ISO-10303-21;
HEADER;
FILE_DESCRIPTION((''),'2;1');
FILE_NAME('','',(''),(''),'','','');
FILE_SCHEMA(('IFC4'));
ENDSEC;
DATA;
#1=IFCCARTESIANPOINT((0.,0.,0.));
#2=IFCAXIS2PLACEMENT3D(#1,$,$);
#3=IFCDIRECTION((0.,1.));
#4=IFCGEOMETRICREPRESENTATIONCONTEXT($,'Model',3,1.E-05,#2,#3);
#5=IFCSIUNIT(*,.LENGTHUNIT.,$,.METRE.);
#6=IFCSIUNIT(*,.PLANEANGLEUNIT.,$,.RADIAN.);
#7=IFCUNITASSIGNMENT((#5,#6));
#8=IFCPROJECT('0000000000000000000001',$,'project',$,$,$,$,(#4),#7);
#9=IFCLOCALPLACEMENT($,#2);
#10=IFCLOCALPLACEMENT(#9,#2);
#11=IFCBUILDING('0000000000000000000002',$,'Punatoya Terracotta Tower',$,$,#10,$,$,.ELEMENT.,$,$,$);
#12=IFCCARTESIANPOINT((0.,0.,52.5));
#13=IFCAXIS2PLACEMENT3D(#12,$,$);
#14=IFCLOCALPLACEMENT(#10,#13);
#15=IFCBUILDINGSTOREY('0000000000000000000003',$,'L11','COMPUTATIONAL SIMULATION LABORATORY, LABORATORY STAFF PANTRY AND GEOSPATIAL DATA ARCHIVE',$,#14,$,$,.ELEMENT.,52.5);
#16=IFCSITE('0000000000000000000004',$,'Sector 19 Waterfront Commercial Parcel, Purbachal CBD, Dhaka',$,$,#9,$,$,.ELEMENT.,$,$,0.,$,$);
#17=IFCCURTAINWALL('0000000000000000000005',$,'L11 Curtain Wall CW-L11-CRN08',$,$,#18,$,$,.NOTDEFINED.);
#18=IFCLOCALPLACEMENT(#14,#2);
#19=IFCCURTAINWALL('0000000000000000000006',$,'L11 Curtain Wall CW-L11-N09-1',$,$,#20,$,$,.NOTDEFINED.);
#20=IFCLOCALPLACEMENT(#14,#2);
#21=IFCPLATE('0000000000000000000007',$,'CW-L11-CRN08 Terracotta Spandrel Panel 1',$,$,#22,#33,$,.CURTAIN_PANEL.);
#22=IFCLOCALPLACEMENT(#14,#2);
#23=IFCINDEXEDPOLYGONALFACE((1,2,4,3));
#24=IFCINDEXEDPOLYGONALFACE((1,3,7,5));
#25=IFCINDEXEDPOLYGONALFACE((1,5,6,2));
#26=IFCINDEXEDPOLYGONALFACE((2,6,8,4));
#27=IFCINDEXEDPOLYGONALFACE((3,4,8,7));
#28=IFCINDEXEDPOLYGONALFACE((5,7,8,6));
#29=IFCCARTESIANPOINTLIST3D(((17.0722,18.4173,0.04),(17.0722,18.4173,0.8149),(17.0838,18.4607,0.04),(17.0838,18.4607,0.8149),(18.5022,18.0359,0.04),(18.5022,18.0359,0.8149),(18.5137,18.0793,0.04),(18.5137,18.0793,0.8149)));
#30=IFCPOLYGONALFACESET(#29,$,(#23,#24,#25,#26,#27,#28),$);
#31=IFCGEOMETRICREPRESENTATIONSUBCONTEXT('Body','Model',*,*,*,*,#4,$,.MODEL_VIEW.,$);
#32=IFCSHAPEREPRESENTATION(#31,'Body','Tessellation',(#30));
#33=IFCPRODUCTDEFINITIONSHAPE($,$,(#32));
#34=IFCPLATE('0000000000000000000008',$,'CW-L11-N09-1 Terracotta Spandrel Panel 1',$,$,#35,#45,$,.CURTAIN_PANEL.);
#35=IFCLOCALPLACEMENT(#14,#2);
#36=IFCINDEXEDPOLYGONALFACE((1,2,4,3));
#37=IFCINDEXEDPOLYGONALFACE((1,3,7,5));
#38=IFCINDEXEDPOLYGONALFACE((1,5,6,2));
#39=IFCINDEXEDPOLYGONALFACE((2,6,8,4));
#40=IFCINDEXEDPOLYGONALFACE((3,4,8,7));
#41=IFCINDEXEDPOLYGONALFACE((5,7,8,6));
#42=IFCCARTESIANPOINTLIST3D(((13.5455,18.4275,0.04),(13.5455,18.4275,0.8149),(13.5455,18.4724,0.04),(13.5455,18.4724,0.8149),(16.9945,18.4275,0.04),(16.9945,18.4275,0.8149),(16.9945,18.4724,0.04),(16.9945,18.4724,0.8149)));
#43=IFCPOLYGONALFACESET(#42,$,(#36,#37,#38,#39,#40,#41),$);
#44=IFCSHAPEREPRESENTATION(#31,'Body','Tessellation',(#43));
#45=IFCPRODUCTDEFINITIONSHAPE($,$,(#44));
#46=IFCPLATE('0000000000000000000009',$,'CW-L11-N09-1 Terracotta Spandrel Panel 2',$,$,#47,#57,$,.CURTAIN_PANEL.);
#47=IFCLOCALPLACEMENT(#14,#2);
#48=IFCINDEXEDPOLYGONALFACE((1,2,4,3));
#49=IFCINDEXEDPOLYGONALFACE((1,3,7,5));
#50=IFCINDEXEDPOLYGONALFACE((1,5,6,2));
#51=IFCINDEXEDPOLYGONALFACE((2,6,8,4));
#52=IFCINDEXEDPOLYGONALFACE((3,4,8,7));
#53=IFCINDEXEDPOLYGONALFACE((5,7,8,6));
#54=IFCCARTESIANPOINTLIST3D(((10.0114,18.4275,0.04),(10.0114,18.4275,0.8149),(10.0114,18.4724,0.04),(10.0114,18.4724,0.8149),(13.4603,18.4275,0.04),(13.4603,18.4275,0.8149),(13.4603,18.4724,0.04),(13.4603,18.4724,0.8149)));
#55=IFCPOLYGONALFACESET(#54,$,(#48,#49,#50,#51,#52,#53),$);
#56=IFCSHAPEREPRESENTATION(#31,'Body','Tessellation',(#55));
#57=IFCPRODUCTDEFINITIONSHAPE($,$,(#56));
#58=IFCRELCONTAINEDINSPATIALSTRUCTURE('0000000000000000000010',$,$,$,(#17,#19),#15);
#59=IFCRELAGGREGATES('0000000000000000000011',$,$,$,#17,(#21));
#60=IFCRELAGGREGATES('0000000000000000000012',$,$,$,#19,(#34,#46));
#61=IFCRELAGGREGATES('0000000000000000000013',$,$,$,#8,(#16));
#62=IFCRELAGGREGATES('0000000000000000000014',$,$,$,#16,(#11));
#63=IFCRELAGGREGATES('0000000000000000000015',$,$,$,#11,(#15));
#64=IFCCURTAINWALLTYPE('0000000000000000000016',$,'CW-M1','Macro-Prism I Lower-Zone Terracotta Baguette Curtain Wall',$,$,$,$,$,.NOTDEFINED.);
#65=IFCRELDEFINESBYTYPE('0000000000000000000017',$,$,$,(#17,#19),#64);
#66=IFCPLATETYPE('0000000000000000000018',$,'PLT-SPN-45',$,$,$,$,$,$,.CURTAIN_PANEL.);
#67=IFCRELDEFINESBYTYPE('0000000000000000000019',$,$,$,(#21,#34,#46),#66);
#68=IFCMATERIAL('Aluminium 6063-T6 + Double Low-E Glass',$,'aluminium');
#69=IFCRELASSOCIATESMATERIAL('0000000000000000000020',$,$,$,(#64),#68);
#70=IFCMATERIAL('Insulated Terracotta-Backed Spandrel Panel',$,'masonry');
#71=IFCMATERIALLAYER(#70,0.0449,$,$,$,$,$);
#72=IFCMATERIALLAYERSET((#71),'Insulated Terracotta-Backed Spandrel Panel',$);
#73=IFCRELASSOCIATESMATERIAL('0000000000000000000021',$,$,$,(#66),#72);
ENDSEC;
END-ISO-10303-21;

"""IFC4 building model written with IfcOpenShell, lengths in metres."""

from ifc_helpers import new_model, si_unit, direction, frame, origin, origin_2d, place, context, subcontext, project, spatial, rectangle, extrude, material, layer, layer_set, type_object, element, aggregate, save


model = new_model("IFC4")

# Units and contexts
model_context = context("Model", 3, precision=1e-05, world=origin(), true_north=direction((0.0, 1.0)))
body_context = subcontext(model_context, "Body", "Model", "MODEL_VIEW")
ifc_project = project(units=[si_unit("LENGTHUNIT", "METRE"), si_unit("PLANEANGLEUNIT", "RADIAN")], contexts=[model_context])

# Site, building, storey
site_placement = place(None, origin())
site = spatial("IfcSite", under=ifc_project, at=site_placement, Name="Sector 19 Waterfront Commercial Parcel, Purbachal CBD, Dhaka", CompositionType="ELEMENT", RefElevation=0.0)
building_placement = place(site_placement, origin())
building = spatial("IfcBuilding", under=site, at=building_placement, Name="Punatoya Terracotta Tower", CompositionType="ELEMENT")
storey_placement = place(building_placement, frame((0.0, 0.0, 52.5)))
storey = spatial("IfcBuildingStorey", under=building, at=storey_placement, Name="L11", Description="COMPUTATIONAL SIMULATION LABORATORY, LABORATORY STAFF PANTRY AND GEOSPATIAL DATA ARCHIVE", CompositionType="ELEMENT", Elevation=52.5)

# Shared definitions
ifc_material_1 = material(Name="Aluminium 6063-T6 + Double Low-E Glass", Category="aluminium")
curtain_wall_type = type_object("IfcCurtainWallType", Name="CW-M1", Description="Macro-Prism I Lower-Zone Terracotta Baguette Curtain Wall", PredefinedType="NOTDEFINED", material=ifc_material_1)

# Curtain walls
curtain_wall_1_placement = place(storey_placement, origin())
curtain_wall_1 = element("IfcCurtainWall", 1, at=curtain_wall_1_placement, inside=storey, type_object=curtain_wall_type, Name="L11 Curtain Wall CW-L11-CRN08", PredefinedType="NOTDEFINED")
curtain_wall_2_placement = place(storey_placement, origin())
curtain_wall_2 = element("IfcCurtainWall", 2, at=curtain_wall_2_placement, inside=storey, type_object=curtain_wall_type, Name="L11 Curtain Wall CW-L11-N09-1", PredefinedType="NOTDEFINED")

# Plates
ifc_material_2 = material(Name="Insulated Terracotta-Backed Spandrel Panel", Category="masonry")
ifc_layer_1 = layer(ifc_material_2, 0.0449)
ifc_layer_set_1 = layer_set([ifc_layer_1], Name="Insulated Terracotta-Backed Spandrel Panel")
plate_type_1 = type_object("IfcPlateType", Name="PLT-SPN-45", PredefinedType="CURTAIN_PANEL", material=ifc_layer_set_1)
plate_1_placement = place(storey_placement, frame((17.793, 18.2483, 0.04), z_axis=(0.0, 0.0, 1.0), x_axis=(-0.966214, 0.257742, 0.0)))
plate_1 = element("IfcPlate", 3, at=plate_1_placement, type_object=plate_type_1, Name="CW-L11-CRN08 Terracotta Spandrel Panel 1", PredefinedType="CURTAIN_PANEL", context=body_context, shape_type="SweptSolid", body=[
    extrude(rectangle(XDim=1.48, YDim=0.0449, at=origin_2d()), origin(), (0.0, 0.0, 1.0), 0.7749),
])
aggregate(curtain_wall_1, [plate_1])
plate_2_placement = place(storey_placement, frame((15.27, 18.45, 0.04), z_axis=(0.0, 0.0, 1.0), x_axis=(-1.0, 0.0, 0.0)))
plate_2 = element("IfcPlate", 4, at=plate_2_placement, type_object=plate_type_1, Name="CW-L11-N09-1 Terracotta Spandrel Panel 1", PredefinedType="CURTAIN_PANEL", context=body_context, shape_type="SweptSolid", body=[
    extrude(rectangle(XDim=3.449, YDim=0.0449, at=origin_2d()), origin(), (0.0, 0.0, 1.0), 0.7749),
])
plate_3_placement = place(storey_placement, frame((11.7358, 18.45, 0.04), z_axis=(0.0, 0.0, 1.0), x_axis=(-1.0, 0.0, 0.0)))
plate_3 = element("IfcPlate", 5, at=plate_3_placement, type_object=plate_type_1, Name="CW-L11-N09-1 Terracotta Spandrel Panel 2", PredefinedType="CURTAIN_PANEL", context=body_context, shape_type="SweptSolid", body=[
    extrude(rectangle(XDim=3.449, YDim=0.0449, at=origin_2d()), origin(), (0.0, 0.0, 1.0), 0.7749),
])
aggregate(curtain_wall_2, [plate_2, plate_3])

save(model, "model.ifc")
